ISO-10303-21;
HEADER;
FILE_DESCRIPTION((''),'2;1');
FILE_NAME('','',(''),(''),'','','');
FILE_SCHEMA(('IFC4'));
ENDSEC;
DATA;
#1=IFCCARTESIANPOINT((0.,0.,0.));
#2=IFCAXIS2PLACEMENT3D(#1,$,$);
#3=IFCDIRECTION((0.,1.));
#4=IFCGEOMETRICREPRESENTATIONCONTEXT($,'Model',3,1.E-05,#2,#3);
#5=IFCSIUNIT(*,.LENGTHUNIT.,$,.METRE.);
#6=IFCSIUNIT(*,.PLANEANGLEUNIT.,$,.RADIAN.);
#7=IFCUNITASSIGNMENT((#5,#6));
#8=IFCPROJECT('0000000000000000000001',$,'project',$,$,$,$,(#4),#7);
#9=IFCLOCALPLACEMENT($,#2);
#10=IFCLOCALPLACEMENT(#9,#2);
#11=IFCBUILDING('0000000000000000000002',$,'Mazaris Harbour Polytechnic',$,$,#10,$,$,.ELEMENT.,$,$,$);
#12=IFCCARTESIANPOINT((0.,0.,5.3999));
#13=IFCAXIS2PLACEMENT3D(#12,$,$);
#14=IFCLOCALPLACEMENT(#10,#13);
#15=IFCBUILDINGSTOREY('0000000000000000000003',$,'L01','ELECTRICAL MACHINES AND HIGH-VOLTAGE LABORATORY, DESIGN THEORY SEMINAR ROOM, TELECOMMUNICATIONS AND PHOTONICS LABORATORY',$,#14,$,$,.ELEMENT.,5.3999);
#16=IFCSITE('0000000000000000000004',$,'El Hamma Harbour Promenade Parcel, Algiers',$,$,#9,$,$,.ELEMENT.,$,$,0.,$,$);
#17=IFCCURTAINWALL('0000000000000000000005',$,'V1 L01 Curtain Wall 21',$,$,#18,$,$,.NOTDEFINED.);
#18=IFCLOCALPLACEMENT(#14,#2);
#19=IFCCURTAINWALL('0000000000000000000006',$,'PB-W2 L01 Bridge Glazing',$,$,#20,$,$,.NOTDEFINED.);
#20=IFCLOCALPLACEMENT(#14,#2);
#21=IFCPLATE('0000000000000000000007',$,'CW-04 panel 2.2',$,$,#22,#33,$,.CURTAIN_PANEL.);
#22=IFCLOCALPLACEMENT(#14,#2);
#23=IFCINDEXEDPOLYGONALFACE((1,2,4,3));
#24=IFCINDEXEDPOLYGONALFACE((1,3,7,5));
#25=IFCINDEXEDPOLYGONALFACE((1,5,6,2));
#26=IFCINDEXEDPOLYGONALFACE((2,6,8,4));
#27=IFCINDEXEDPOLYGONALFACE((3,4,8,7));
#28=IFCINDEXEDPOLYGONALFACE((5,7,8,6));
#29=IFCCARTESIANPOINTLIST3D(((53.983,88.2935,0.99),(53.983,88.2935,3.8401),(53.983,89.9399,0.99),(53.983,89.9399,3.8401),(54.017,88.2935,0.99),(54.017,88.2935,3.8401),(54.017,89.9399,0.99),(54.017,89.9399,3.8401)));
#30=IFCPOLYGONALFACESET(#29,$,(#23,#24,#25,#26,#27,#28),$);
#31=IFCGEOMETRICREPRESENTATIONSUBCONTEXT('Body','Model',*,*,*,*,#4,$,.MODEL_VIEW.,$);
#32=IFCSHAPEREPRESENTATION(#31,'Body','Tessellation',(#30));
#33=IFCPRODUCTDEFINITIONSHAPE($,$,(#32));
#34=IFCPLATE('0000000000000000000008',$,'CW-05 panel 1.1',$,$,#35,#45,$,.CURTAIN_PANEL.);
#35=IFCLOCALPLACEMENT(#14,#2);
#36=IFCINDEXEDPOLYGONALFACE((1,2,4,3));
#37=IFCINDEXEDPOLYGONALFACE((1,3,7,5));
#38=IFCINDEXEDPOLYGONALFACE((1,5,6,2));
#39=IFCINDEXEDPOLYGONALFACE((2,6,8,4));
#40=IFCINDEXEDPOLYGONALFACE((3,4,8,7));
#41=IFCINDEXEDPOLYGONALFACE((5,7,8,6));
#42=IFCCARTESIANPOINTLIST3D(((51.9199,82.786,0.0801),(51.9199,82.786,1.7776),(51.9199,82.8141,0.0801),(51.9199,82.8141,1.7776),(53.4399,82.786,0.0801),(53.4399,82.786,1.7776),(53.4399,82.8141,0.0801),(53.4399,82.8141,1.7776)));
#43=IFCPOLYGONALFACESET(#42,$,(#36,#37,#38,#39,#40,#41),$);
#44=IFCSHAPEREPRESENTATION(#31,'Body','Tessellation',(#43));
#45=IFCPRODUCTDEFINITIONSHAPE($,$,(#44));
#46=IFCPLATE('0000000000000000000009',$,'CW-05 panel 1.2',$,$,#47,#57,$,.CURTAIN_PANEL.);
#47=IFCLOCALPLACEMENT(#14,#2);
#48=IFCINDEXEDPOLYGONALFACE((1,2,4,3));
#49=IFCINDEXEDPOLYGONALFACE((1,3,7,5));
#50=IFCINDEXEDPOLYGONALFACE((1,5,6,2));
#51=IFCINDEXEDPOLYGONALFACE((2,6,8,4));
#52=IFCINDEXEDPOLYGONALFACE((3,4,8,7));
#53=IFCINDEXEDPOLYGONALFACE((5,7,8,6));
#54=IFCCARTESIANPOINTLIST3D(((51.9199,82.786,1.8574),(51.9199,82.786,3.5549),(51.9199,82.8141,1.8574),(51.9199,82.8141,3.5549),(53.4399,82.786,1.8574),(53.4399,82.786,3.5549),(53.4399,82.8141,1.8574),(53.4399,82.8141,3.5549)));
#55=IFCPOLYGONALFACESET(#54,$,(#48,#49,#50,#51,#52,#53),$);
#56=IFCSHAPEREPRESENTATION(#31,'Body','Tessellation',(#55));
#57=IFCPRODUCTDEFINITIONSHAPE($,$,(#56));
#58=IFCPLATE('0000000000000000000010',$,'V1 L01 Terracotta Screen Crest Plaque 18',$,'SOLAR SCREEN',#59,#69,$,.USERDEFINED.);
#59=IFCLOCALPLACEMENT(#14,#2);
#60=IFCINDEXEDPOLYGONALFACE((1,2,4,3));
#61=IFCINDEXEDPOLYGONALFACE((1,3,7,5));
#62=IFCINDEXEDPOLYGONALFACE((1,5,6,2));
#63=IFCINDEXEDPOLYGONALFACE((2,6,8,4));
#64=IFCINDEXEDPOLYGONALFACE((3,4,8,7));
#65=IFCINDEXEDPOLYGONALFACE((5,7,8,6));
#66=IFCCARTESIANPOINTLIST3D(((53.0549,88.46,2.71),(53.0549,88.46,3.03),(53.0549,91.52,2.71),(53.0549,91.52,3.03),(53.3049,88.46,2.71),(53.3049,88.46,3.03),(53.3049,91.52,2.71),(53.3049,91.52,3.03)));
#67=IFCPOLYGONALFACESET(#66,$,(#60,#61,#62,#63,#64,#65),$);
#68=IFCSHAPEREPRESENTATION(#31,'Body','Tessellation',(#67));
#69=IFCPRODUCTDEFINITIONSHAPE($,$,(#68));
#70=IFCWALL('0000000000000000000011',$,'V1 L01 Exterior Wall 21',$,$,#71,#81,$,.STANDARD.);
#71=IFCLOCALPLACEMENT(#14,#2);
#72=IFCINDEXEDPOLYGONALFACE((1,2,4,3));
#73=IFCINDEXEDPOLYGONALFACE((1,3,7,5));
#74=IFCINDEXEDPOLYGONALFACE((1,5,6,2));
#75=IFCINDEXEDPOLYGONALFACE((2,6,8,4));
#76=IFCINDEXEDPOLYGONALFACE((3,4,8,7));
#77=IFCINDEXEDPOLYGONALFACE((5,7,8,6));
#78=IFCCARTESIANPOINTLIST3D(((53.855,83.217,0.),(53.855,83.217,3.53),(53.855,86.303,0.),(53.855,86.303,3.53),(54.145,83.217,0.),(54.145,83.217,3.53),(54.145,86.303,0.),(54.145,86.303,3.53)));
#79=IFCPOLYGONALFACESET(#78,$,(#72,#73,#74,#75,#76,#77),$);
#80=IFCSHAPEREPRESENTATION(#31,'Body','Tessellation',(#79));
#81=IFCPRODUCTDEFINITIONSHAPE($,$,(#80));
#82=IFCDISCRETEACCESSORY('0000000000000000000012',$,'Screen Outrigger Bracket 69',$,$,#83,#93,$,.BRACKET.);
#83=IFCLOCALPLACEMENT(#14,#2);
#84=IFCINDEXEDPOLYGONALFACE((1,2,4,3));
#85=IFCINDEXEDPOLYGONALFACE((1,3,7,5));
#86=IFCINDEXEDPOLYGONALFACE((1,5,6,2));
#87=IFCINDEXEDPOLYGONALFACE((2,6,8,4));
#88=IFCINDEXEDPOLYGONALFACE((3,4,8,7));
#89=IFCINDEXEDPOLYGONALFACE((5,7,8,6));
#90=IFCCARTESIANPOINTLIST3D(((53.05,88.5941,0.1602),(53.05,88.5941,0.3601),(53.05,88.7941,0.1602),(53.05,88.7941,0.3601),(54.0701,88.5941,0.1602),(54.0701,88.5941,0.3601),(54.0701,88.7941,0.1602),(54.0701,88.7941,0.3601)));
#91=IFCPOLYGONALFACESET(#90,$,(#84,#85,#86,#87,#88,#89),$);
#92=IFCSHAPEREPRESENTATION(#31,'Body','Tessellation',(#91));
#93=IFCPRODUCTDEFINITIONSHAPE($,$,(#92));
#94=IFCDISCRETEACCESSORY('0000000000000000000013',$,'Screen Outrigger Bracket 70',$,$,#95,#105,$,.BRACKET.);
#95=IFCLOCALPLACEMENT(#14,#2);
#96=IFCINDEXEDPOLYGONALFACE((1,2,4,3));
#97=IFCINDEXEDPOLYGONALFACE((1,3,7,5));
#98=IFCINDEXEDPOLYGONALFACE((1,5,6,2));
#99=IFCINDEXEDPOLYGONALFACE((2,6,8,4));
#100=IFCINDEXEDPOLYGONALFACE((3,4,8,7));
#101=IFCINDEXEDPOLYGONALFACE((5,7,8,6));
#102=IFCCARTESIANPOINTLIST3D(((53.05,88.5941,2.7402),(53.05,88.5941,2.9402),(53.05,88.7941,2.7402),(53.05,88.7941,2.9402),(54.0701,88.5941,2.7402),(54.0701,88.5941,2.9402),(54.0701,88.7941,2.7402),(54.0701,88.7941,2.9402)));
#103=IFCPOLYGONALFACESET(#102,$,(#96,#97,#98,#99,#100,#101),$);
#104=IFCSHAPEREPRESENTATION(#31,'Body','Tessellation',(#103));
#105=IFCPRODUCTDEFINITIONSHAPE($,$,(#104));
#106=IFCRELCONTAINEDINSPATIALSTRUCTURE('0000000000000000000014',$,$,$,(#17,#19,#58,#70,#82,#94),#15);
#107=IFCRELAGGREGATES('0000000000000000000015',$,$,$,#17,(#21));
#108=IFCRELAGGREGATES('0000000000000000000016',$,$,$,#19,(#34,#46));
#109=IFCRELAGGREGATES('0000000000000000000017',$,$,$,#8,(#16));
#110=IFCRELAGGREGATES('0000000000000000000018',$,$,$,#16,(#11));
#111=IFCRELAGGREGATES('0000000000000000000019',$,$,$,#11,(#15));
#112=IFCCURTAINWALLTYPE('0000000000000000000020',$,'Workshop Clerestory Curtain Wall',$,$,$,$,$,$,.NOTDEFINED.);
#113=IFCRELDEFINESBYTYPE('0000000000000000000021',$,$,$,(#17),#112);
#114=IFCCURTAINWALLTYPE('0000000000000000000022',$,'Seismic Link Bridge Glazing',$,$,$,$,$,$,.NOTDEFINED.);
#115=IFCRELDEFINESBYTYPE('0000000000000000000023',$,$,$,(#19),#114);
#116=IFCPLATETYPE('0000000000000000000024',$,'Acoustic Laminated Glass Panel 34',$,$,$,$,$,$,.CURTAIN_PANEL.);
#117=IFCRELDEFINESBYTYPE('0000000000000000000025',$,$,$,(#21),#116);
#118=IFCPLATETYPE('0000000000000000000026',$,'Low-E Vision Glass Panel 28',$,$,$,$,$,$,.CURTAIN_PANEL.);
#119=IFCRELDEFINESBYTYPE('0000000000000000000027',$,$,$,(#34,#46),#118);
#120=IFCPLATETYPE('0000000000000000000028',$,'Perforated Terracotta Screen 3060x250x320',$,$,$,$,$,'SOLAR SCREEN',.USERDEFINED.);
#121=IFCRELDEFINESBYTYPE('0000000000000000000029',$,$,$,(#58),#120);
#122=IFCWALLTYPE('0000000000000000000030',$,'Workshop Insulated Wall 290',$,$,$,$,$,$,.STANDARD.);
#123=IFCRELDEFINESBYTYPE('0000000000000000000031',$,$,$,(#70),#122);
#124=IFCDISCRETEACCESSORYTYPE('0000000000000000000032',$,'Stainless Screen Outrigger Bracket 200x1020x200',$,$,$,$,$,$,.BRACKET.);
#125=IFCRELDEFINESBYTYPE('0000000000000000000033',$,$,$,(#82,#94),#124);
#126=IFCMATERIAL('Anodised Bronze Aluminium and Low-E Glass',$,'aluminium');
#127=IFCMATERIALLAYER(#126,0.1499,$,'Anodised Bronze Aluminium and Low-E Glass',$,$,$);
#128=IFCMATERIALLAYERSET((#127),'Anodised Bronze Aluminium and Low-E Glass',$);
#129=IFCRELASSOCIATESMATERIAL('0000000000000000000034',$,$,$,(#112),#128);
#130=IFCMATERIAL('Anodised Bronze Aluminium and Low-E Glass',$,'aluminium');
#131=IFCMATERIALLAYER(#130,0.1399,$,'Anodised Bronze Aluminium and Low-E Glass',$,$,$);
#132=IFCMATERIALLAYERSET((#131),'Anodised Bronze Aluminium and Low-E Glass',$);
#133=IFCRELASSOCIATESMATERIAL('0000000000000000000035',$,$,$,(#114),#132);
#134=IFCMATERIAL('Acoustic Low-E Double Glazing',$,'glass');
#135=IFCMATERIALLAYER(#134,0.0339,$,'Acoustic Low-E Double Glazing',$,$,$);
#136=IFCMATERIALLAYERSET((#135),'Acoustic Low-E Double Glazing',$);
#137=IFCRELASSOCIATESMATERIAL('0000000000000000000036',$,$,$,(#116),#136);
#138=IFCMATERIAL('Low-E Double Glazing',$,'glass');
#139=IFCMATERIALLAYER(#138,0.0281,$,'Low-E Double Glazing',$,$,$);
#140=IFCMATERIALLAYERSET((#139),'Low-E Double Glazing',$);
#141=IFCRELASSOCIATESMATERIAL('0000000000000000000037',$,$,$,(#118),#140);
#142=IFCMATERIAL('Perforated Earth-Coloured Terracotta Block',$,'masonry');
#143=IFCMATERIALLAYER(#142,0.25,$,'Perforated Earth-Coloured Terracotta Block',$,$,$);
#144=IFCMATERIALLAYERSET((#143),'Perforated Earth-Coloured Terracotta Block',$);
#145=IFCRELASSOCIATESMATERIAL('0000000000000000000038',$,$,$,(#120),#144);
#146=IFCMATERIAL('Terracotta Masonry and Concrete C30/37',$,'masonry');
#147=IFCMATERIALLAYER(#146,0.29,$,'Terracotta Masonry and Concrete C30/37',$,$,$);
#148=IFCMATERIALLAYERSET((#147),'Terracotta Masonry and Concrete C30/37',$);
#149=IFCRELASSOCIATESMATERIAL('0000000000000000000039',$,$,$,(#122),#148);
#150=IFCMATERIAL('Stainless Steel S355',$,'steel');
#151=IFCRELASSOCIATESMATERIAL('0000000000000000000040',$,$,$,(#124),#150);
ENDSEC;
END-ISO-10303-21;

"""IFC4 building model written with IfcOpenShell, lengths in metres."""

from ifc_helpers import new_model, si_unit, direction, frame, frame_2d, origin, origin_2d, place, context, subcontext, project, spatial, rectangle, extrude, material, layer, layer_set, type_object, element, aggregate, save


model = new_model("IFC4")

# Units and contexts
model_context = context("Model", 3, precision=1e-05, world=origin(), true_north=direction((0.0, 1.0)))
body_context = subcontext(model_context, "Body", "Model", "MODEL_VIEW")
ifc_project = project(units=[si_unit("LENGTHUNIT", "METRE"), si_unit("PLANEANGLEUNIT", "RADIAN")], contexts=[model_context])

# Site, building, storey
site_placement = place(None, origin())
site = spatial("IfcSite", under=ifc_project, at=site_placement, Name="El Hamma Harbour Promenade Parcel, Algiers", CompositionType="ELEMENT", RefElevation=0.0)
building_placement = place(site_placement, origin())
building = spatial("IfcBuilding", under=site, at=building_placement, Name="Mazaris Harbour Polytechnic", CompositionType="ELEMENT")
storey_placement = place(building_placement, frame((0.0, 0.0, 5.3999)))
storey = spatial("IfcBuildingStorey", under=building, at=storey_placement, Name="L01", Description="ELECTRICAL MACHINES AND HIGH-VOLTAGE LABORATORY, DESIGN THEORY SEMINAR ROOM, TELECOMMUNICATIONS AND PHOTONICS LABORATORY", CompositionType="ELEMENT", Elevation=5.3999)

# Curtain walls
ifc_material_1 = material(Name="Anodised Bronze Aluminium and Low-E Glass", Category="aluminium")
ifc_layer_1 = layer(ifc_material_1, 0.1499, Name="Anodised Bronze Aluminium and Low-E Glass")
ifc_layer_set_1 = layer_set([ifc_layer_1], Name="Anodised Bronze Aluminium and Low-E Glass")
curtain_wall_type_1 = type_object("IfcCurtainWallType", Name="Workshop Clerestory Curtain Wall", PredefinedType="NOTDEFINED", material=ifc_layer_set_1)
curtain_wall_1_placement = place(storey_placement, origin())
curtain_wall_1 = element("IfcCurtainWall", 1, at=curtain_wall_1_placement, inside=storey, type_object=curtain_wall_type_1, Name="V1 L01 Curtain Wall 21", PredefinedType="NOTDEFINED")
ifc_material_2 = material(Name="Anodised Bronze Aluminium and Low-E Glass", Category="aluminium")
ifc_layer_2 = layer(ifc_material_2, 0.1399, Name="Anodised Bronze Aluminium and Low-E Glass")
ifc_layer_set_2 = layer_set([ifc_layer_2], Name="Anodised Bronze Aluminium and Low-E Glass")
curtain_wall_type_2 = type_object("IfcCurtainWallType", Name="Seismic Link Bridge Glazing", PredefinedType="NOTDEFINED", material=ifc_layer_set_2)
curtain_wall_2_placement = place(storey_placement, origin())
curtain_wall_2 = element("IfcCurtainWall", 2, at=curtain_wall_2_placement, inside=storey, type_object=curtain_wall_type_2, Name="PB-W2 L01 Bridge Glazing", PredefinedType="NOTDEFINED")

# Plates
ifc_material_3 = material(Name="Acoustic Low-E Double Glazing", Category="glass")
ifc_layer_3 = layer(ifc_material_3, 0.0339, Name="Acoustic Low-E Double Glazing")
ifc_layer_set_3 = layer_set([ifc_layer_3], Name="Acoustic Low-E Double Glazing")
plate_type_1 = type_object("IfcPlateType", Name="Acoustic Laminated Glass Panel 34", PredefinedType="CURTAIN_PANEL", material=ifc_layer_set_3)
plate_1_placement = place(storey_placement, frame((54.0, 89.1167, 0.99), z_axis=(0.0, 0.0, 1.0), x_axis=(0.0, 1.0, 0.0)))
plate_1 = element("IfcPlate", 3, at=plate_1_placement, type_object=plate_type_1, Name="CW-04 panel 2.2", PredefinedType="CURTAIN_PANEL", context=body_context, shape_type="SweptSolid", body=[
    extrude(rectangle(XDim=1.6465, YDim=0.0339, at=origin_2d()), origin(), (0.0, 0.0, 1.0), 2.8501),
])
aggregate(curtain_wall_1, [plate_1])
ifc_material_4 = material(Name="Low-E Double Glazing", Category="glass")
ifc_layer_4 = layer(ifc_material_4, 0.0281, Name="Low-E Double Glazing")
ifc_layer_set_4 = layer_set([ifc_layer_4], Name="Low-E Double Glazing")
plate_type_2 = type_object("IfcPlateType", Name="Low-E Vision Glass Panel 28", PredefinedType="CURTAIN_PANEL", material=ifc_layer_set_4)
plate_2_placement = place(storey_placement, frame((52.6799, 82.8, 0.0801), z_axis=(0.0, 0.0, 1.0), x_axis=(-1.0, 0.0, 0.0)))
plate_2 = element("IfcPlate", 4, at=plate_2_placement, type_object=plate_type_2, Name="CW-05 panel 1.1", PredefinedType="CURTAIN_PANEL", context=body_context, shape_type="SweptSolid", body=[
    extrude(rectangle(XDim=1.52, YDim=0.0281, at=origin_2d()), origin(), (0.0, 0.0, 1.0), 1.6975),
])
plate_3_placement = place(storey_placement, frame((52.6799, 82.8, 1.8574), z_axis=(0.0, 0.0, 1.0), x_axis=(-1.0, 0.0, 0.0)))
plate_3 = element("IfcPlate", 5, at=plate_3_placement, type_object=plate_type_2, Name="CW-05 panel 1.2", PredefinedType="CURTAIN_PANEL", context=body_context, shape_type="SweptSolid", body=[
    extrude(rectangle(XDim=1.52, YDim=0.0281, at=origin_2d()), origin(), (0.0, 0.0, 1.0), 1.6975),
])
aggregate(curtain_wall_2, [plate_2, plate_3])
ifc_material_5 = material(Name="Perforated Earth-Coloured Terracotta Block", Category="masonry")
ifc_layer_5 = layer(ifc_material_5, 0.25, Name="Perforated Earth-Coloured Terracotta Block")
ifc_layer_set_5 = layer_set([ifc_layer_5], Name="Perforated Earth-Coloured Terracotta Block")
plate_type_3 = type_object("IfcPlateType", Name="Perforated Terracotta Screen 3060x250x320", ElementType="SOLAR SCREEN", PredefinedType="USERDEFINED", material=ifc_layer_set_5)
plate_4_placement = place(storey_placement, frame((53.1799, 89.99, 2.71), z_axis=(0.0, 0.0, 1.0), x_axis=(0.0, 1.0, 0.0)))
element("IfcPlate", 6, at=plate_4_placement, inside=storey, type_object=plate_type_3, Name="V1 L01 Terracotta Screen Crest Plaque 18", ObjectType="SOLAR SCREEN", PredefinedType="USERDEFINED", context=body_context, shape_type="SweptSolid", body=[
    extrude(rectangle(XDim=3.0601, YDim=0.25, at=origin_2d()), origin(), (0.0, 0.0, 1.0), 0.3201),
])

# Wall
ifc_material_6 = material(Name="Terracotta Masonry and Concrete C30/37", Category="masonry")
ifc_layer_6 = layer(ifc_material_6, 0.29, Name="Terracotta Masonry and Concrete C30/37")
ifc_layer_set_6 = layer_set([ifc_layer_6], Name="Terracotta Masonry and Concrete C30/37")
wall_type = type_object("IfcWallType", Name="Workshop Insulated Wall 290", PredefinedType="STANDARD", material=ifc_layer_set_6)
wall_placement = place(storey_placement, frame((54.0, 83.217, 0.0), z_axis=(0.0, 0.0, 1.0), x_axis=(0.0, 1.0, 0.0)))
element("IfcWall", 7, at=wall_placement, inside=storey, type_object=wall_type, Name="V1 L01 Exterior Wall 21", PredefinedType="STANDARD", context=body_context, shape_type="SweptSolid", body=[
    extrude(rectangle(XDim=3.0859, YDim=0.29, at=frame_2d((1.543, 0.0))), origin(), (0.0, 0.0, 1.0), 3.53),
])

# Discrete accessories
ifc_material_7 = material(Name="Stainless Steel S355", Category="steel")
discrete_accessory_type = type_object("IfcDiscreteAccessoryType", Name="Stainless Screen Outrigger Bracket 200x1020x200", PredefinedType="BRACKET", material=ifc_material_7)
for number, where, z_axis, x_axis, name in (
    (8, (53.5601, 88.6941, 0.1602), (0.0, 0.0, 1.0), (0.0, 1.0, 0.0), "Screen Outrigger Bracket 69"),
    (9, (53.5601, 88.6941, 2.7402), (0.0, 0.0, 1.0), (0.0, 1.0, 0.0), "Screen Outrigger Bracket 70"),
):
    element("IfcDiscreteAccessory", number, at=place(storey_placement, frame(where, z_axis=z_axis, x_axis=x_axis)), inside=storey, type_object=discrete_accessory_type, Name=name, PredefinedType="BRACKET", context=body_context, shape_type="SweptSolid", body=[
        extrude(rectangle(XDim=0.2, YDim=1.02, at=origin_2d()), origin(), (0.0, 0.0, 1.0), 0.2),
    ])

save(model, "model.ifc")
